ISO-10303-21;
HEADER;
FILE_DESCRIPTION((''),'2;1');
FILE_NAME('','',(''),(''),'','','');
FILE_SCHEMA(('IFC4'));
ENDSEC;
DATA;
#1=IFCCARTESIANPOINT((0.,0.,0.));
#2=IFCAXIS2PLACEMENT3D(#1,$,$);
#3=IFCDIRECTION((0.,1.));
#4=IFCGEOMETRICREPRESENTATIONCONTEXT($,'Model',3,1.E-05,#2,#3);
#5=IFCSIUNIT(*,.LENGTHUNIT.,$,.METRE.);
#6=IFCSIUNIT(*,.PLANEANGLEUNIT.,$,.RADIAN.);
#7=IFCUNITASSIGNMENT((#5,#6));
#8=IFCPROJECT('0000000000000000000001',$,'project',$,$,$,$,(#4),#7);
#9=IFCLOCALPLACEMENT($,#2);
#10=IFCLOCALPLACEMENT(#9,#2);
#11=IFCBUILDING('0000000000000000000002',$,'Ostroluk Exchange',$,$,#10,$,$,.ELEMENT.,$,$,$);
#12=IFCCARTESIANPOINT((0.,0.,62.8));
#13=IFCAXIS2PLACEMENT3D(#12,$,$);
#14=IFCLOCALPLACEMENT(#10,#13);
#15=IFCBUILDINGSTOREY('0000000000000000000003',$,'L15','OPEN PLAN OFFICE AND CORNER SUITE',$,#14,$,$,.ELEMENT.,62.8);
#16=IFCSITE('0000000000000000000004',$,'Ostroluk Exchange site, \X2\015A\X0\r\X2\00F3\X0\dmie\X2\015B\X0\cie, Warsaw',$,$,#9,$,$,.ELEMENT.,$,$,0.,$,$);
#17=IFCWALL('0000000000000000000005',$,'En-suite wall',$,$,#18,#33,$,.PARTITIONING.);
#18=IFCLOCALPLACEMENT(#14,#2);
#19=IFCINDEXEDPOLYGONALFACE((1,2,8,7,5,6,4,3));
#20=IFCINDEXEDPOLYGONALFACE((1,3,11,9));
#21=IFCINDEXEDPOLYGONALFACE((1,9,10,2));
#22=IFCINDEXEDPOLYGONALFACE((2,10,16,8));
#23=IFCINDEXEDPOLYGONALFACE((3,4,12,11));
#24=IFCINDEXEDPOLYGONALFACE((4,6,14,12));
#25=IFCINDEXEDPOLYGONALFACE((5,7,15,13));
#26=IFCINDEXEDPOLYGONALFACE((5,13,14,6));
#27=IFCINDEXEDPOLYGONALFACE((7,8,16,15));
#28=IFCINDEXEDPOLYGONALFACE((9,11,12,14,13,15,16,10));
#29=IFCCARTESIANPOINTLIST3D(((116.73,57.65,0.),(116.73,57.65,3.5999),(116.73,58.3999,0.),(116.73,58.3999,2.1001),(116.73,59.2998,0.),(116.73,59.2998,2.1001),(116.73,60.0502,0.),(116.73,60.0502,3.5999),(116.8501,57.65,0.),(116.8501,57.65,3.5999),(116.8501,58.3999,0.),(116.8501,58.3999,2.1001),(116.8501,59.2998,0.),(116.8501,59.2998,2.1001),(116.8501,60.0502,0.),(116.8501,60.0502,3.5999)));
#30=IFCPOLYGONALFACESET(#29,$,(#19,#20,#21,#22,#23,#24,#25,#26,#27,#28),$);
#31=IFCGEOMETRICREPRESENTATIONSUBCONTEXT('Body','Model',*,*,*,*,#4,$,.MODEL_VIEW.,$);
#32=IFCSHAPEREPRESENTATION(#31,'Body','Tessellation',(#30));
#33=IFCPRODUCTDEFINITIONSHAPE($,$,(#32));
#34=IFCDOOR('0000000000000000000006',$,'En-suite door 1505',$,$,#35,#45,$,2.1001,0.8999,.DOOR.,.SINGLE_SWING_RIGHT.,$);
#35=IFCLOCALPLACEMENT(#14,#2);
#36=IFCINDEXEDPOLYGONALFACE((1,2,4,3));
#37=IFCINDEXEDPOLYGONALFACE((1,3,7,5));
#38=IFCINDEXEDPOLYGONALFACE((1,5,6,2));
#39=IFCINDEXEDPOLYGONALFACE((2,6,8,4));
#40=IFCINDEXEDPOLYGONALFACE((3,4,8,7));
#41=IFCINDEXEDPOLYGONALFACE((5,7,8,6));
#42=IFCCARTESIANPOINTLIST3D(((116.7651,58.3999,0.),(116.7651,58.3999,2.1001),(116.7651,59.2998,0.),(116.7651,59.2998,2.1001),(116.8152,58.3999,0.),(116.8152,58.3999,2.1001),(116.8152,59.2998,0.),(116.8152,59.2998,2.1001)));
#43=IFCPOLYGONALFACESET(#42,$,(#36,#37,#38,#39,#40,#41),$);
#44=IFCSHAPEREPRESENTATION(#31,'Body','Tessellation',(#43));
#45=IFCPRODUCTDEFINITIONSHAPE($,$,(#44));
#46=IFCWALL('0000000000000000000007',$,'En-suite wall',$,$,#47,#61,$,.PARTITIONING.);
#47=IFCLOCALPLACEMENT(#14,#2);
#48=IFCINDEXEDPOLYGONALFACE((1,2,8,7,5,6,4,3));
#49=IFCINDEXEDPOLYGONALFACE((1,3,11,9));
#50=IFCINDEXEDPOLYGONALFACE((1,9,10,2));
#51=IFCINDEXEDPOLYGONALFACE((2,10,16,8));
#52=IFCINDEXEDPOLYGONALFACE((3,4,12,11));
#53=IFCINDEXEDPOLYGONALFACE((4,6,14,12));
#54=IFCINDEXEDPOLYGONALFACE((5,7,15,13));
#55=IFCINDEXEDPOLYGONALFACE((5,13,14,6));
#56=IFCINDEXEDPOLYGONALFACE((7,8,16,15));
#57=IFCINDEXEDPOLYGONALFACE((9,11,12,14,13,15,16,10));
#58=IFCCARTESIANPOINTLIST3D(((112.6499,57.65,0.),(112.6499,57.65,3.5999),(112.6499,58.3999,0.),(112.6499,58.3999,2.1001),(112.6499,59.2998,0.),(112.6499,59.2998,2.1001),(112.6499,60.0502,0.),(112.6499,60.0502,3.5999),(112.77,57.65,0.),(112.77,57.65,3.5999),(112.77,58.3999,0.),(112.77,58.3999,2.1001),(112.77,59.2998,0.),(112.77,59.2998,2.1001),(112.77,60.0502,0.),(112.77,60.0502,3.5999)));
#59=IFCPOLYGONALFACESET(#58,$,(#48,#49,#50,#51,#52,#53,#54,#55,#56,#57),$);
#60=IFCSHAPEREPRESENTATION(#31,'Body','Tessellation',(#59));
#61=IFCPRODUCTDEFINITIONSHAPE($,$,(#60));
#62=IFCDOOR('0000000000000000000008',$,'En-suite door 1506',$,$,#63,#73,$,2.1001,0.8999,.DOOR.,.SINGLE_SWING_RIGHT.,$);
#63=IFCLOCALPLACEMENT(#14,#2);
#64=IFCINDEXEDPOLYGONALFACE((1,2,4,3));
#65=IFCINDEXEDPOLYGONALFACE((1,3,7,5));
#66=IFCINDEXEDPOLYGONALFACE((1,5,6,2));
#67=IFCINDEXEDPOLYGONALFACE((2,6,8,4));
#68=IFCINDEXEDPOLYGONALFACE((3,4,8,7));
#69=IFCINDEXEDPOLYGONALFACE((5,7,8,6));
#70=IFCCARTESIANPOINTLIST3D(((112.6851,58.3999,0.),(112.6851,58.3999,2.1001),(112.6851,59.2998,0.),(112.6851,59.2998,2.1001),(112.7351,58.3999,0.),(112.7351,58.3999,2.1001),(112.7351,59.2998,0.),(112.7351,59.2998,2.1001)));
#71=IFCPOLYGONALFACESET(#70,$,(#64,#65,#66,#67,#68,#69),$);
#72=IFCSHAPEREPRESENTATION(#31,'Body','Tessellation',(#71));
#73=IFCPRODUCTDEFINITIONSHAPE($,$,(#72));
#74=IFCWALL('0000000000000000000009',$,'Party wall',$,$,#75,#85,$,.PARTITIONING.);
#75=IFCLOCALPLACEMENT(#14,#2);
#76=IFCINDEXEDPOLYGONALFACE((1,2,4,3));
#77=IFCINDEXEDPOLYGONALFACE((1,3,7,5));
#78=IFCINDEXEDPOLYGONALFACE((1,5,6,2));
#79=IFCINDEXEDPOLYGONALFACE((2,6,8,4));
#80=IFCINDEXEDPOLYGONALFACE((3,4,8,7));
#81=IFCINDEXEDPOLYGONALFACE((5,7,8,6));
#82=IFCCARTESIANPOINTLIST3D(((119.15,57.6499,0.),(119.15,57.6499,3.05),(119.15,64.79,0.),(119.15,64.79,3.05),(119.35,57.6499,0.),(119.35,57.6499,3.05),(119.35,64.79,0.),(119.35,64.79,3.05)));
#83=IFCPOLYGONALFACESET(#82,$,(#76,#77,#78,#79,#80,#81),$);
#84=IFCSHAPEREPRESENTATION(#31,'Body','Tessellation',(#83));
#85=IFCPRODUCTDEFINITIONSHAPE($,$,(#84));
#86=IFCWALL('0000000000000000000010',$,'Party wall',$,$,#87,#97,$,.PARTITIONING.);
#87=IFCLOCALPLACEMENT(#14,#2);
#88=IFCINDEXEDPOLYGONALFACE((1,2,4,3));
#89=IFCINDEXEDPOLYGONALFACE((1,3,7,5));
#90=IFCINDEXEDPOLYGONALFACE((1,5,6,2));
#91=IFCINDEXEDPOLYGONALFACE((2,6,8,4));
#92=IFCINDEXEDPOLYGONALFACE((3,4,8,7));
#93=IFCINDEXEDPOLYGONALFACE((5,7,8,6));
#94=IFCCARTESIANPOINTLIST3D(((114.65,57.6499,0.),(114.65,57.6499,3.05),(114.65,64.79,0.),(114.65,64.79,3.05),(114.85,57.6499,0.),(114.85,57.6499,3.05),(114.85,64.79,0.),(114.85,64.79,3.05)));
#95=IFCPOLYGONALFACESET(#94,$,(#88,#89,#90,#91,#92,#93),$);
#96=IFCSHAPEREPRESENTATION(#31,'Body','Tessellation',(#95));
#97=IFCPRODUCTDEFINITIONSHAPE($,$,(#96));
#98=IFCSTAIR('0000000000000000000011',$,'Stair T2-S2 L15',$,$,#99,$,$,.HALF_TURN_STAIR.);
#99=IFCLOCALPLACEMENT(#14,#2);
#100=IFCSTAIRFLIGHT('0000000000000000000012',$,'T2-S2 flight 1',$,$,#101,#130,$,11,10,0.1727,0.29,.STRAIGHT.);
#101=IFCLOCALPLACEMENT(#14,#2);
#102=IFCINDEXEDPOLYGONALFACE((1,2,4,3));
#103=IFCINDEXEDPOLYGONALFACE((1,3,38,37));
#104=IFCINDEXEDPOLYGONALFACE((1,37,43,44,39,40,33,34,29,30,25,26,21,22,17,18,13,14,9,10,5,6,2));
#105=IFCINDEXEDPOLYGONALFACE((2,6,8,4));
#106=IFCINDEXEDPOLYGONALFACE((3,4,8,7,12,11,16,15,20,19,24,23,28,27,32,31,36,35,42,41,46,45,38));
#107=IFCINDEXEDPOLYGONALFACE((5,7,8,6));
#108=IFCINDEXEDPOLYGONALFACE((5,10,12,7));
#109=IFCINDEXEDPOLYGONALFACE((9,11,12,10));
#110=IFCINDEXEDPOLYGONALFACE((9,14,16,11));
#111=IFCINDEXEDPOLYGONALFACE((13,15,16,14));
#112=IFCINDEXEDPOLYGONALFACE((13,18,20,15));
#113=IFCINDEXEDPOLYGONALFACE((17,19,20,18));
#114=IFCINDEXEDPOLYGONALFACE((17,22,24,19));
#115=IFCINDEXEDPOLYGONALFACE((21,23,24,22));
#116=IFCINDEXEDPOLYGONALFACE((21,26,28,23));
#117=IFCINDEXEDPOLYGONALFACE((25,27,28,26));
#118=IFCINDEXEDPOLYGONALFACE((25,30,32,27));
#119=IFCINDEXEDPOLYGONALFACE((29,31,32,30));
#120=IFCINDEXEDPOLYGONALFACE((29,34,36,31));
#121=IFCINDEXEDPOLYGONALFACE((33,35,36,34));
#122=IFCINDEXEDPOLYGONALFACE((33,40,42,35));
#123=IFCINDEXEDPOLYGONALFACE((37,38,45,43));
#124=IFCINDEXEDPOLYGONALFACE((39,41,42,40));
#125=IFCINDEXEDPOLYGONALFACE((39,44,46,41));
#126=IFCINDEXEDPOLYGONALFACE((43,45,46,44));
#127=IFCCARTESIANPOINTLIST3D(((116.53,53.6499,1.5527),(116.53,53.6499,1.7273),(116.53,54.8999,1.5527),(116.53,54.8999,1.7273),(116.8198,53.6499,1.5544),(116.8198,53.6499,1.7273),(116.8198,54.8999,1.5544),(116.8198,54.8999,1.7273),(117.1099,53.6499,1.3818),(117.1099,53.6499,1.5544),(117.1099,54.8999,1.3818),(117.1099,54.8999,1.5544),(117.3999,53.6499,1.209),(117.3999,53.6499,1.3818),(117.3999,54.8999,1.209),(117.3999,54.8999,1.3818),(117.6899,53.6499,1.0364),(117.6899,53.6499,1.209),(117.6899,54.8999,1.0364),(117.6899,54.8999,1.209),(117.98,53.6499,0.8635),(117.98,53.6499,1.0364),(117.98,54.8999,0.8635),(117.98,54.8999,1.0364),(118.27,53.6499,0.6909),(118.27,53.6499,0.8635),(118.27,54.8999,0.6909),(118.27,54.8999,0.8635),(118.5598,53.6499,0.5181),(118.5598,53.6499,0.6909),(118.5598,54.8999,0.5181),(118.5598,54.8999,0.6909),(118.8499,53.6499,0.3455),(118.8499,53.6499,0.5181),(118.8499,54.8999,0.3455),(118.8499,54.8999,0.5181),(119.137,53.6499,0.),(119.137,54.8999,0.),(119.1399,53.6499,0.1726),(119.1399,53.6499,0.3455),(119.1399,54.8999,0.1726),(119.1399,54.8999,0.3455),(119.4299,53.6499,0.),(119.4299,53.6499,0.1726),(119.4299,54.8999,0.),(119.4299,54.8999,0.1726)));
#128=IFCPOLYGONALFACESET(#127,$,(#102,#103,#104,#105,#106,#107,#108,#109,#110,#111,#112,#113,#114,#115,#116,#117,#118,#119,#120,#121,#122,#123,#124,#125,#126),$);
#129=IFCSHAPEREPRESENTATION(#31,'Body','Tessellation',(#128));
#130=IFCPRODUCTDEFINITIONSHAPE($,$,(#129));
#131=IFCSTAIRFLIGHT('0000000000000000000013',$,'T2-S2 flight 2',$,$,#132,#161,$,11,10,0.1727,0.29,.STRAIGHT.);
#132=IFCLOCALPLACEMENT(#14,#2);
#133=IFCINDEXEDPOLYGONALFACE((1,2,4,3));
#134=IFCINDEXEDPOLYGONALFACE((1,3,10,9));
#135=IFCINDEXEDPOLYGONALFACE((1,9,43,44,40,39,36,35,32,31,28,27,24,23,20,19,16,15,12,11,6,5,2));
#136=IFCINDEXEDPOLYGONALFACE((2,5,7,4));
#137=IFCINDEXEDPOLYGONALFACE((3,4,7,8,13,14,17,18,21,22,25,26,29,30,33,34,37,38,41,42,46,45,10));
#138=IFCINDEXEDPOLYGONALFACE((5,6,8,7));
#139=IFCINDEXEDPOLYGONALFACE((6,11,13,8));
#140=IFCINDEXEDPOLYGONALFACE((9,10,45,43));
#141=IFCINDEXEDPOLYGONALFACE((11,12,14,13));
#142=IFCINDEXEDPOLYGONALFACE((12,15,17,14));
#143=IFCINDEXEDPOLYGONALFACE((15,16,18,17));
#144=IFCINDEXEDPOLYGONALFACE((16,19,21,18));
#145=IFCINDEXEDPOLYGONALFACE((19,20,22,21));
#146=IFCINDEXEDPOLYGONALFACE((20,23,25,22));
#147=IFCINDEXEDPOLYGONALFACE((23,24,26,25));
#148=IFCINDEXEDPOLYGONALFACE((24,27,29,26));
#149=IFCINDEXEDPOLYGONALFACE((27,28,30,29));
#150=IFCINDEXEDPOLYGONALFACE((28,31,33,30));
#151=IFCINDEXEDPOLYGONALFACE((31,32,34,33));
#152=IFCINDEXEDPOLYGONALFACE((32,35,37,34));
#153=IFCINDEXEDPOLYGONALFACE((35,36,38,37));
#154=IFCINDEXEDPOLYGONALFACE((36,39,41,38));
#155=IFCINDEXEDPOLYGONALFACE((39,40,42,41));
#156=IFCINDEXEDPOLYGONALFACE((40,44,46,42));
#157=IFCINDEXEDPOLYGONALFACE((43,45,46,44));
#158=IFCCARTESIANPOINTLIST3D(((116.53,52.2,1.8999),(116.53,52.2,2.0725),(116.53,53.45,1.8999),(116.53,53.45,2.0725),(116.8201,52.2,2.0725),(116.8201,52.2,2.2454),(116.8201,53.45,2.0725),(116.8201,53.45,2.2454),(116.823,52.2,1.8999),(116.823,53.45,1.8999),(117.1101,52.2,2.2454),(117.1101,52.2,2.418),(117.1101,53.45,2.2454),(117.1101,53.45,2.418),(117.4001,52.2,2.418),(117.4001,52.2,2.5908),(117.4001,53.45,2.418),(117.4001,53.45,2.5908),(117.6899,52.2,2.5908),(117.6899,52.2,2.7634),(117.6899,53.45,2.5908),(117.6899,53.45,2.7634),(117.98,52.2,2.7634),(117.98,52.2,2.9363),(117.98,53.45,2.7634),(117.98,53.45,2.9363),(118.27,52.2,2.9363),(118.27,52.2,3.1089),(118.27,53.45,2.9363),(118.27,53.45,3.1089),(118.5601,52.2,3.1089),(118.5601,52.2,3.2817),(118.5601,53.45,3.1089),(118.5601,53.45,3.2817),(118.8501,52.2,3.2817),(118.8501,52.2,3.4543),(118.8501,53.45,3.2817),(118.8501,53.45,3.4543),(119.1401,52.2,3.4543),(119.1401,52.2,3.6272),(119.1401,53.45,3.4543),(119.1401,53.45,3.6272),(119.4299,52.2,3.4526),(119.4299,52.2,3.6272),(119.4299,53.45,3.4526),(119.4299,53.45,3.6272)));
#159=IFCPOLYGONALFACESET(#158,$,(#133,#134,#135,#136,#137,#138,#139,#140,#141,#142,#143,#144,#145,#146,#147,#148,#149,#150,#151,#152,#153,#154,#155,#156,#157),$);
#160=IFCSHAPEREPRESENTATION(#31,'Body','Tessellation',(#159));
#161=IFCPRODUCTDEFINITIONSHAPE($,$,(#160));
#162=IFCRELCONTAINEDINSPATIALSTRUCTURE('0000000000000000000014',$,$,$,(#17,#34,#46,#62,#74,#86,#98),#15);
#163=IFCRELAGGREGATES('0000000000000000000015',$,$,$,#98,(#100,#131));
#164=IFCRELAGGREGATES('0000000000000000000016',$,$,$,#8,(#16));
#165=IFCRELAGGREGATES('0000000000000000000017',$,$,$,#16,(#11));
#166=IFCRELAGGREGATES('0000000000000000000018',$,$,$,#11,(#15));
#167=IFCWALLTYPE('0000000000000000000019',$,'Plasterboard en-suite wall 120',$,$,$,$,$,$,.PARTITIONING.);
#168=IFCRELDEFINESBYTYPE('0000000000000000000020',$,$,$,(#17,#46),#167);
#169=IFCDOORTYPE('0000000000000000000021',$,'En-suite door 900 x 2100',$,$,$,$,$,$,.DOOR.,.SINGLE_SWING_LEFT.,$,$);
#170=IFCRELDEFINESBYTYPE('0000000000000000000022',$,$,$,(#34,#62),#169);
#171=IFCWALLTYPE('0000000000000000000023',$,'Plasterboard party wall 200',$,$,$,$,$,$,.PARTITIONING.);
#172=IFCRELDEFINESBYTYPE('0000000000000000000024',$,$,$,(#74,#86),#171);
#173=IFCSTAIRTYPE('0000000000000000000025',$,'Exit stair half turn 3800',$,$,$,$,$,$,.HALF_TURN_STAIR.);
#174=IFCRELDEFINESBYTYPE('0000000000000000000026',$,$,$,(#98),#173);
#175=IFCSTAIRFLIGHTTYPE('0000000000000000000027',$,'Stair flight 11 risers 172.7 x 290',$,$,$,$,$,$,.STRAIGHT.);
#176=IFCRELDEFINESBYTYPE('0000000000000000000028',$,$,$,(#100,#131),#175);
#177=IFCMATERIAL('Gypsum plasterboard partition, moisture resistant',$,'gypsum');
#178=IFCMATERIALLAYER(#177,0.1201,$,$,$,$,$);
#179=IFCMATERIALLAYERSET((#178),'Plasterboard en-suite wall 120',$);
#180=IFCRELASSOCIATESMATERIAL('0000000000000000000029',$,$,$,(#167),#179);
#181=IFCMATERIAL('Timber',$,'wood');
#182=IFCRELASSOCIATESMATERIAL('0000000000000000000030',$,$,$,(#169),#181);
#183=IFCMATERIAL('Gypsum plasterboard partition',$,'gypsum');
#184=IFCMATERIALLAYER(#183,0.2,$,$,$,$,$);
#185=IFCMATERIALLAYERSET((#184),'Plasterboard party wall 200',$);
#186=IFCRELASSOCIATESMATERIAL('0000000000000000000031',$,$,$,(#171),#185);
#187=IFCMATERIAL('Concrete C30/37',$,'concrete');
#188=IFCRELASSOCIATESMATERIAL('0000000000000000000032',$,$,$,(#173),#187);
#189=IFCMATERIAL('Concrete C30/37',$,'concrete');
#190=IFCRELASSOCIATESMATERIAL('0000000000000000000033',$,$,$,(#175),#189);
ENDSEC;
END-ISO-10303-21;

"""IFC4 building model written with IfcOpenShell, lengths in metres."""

from ifc_helpers import new_model, si_unit, direction, frame, frame_2d, origin, place, context, subcontext, project, spatial, polyline, rectangle, outline, extrude, material, layer, layer_set, type_object, element, fill, aggregate, save


model = new_model("IFC4")

# Units and contexts
model_context = context("Model", 3, precision=1e-05, world=origin(), true_north=direction((0.0, 1.0)))
body_context = subcontext(model_context, "Body", "Model", "MODEL_VIEW")
ifc_project = project(units=[si_unit("LENGTHUNIT", "METRE"), si_unit("PLANEANGLEUNIT", "RADIAN")], contexts=[model_context])

# Site, building, storey
site_placement = place(None, origin())
site = spatial("IfcSite", under=ifc_project, at=site_placement, Name="Ostroluk Exchange site, Śródmieście, Warsaw", CompositionType="ELEMENT", RefElevation=0.0)
building_placement = place(site_placement, origin())
building = spatial("IfcBuilding", under=site, at=building_placement, Name="Ostroluk Exchange", CompositionType="ELEMENT")
storey_placement = place(building_placement, frame((0.0, 0.0, 62.8)))
storey = spatial("IfcBuildingStorey", under=building, at=storey_placement, Name="L15", Description="OPEN PLAN OFFICE AND CORNER SUITE", CompositionType="ELEMENT", Elevation=62.8)

# Walls, openings, doors
ifc_material_1 = material(Name="Gypsum plasterboard partition, moisture resistant", Category="gypsum")
ifc_layer_1 = layer(ifc_material_1, 0.1201)
ifc_layer_set_1 = layer_set([ifc_layer_1], Name="Plasterboard en-suite wall 120")
wall_type_1 = type_object("IfcWallType", Name="Plasterboard en-suite wall 120", PredefinedType="PARTITIONING", material=ifc_layer_set_1)
wall_1_placement = place(storey_placement, frame((116.79, 57.6499, 0.0), z_axis=(0.0, 0.0, 1.0), x_axis=(0.0, 1.0, 0.0)))
wall_1 = element("IfcWall", 1, at=wall_1_placement, inside=storey, type_object=wall_type_1, Name="En-suite wall", PredefinedType="PARTITIONING", context=body_context, shape_type="SweptSolid", body=[
    extrude(rectangle(XDim=2.4001, YDim=0.1201, at=frame_2d((1.2002, 0.0))), origin(), (0.0, 0.0, 1.0), 3.5999),
])
opening_1_placement = place(wall_1_placement, frame((0.75, 0.0, 0.0)))
opening_1 = element("IfcOpeningElement", 2, at=opening_1_placement, cuts=wall_1, PredefinedType="OPENING", context=body_context, shape_type="SweptSolid", body=[
    extrude(rectangle(XDim=0.8999, YDim=2.1001, at=frame_2d((0.45, 1.05))), frame((0.0, 0.0701, 0.0), z_axis=(0.0, -1.0, 0.0), x_axis=(1.0, 0.0, 0.0)), (0.0, 0.0, 1.0), 0.1401),
])
ifc_material_2 = material(Name="Timber", Category="wood")
door_type_1 = type_object("IfcDoorType", Name="En-suite door 900 x 2100", OperationType="SINGLE_SWING_LEFT", PredefinedType="DOOR", material=ifc_material_2)
door_1_placement = place(opening_1_placement, origin())
door_1 = element("IfcDoor", 3, at=door_1_placement, inside=storey, type_object=door_type_1, Name="En-suite door 1505", OperationType="SINGLE_SWING_RIGHT", OverallHeight=2.1001, OverallWidth=0.8999, PredefinedType="DOOR", context=body_context, shape_type="SweptSolid", body=[
    extrude(rectangle(XDim=0.8999, YDim=2.1001, at=frame_2d((0.45, 1.05))), frame((0.0, 0.0249, 0.0), z_axis=(0.0, -1.0, 0.0), x_axis=(1.0, 0.0, 0.0)), (0.0, 0.0, 1.0), 0.05),
])
fill(opening_1, door_1)
wall_2_placement = place(storey_placement, frame((112.71, 57.6499, 0.0), z_axis=(0.0, 0.0, 1.0), x_axis=(0.0, 1.0, 0.0)))
wall_2 = element("IfcWall", 4, at=wall_2_placement, inside=storey, type_object=wall_type_1, Name="En-suite wall", PredefinedType="PARTITIONING", context=body_context, shape_type="SweptSolid", body=[
    extrude(rectangle(XDim=2.4001, YDim=0.1201, at=frame_2d((1.2002, 0.0))), origin(), (0.0, 0.0, 1.0), 3.5999),
])
opening_2_placement = place(wall_2_placement, frame((0.75, 0.0, 0.0)))
opening_2 = element("IfcOpeningElement", 5, at=opening_2_placement, cuts=wall_2, PredefinedType="OPENING", context=body_context, shape_type="SweptSolid", body=[
    extrude(rectangle(XDim=0.8999, YDim=2.1001, at=frame_2d((0.45, 1.05))), frame((0.0, 0.0701, 0.0), z_axis=(0.0, -1.0, 0.0), x_axis=(1.0, 0.0, 0.0)), (0.0, 0.0, 1.0), 0.1401),
])
door_2_placement = place(opening_2_placement, origin())
door_2 = element("IfcDoor", 6, at=door_2_placement, inside=storey, type_object=door_type_1, Name="En-suite door 1506", OperationType="SINGLE_SWING_RIGHT", OverallHeight=2.1001, OverallWidth=0.8999, PredefinedType="DOOR", context=body_context, shape_type="SweptSolid", body=[
    extrude(rectangle(XDim=0.8999, YDim=2.1001, at=frame_2d((0.45, 1.05))), frame((0.0, 0.0249, 0.0), z_axis=(0.0, -1.0, 0.0), x_axis=(1.0, 0.0, 0.0)), (0.0, 0.0, 1.0), 0.05),
])
fill(opening_2, door_2)

# Walls
ifc_material_3 = material(Name="Gypsum plasterboard partition", Category="gypsum")
ifc_layer_2 = layer(ifc_material_3, 0.2)
ifc_layer_set_2 = layer_set([ifc_layer_2], Name="Plasterboard party wall 200")
wall_type_2 = type_object("IfcWallType", Name="Plasterboard party wall 200", PredefinedType="PARTITIONING", material=ifc_layer_set_2)
for number, where, z_axis, x_axis, name in (
    (7, (119.25, 57.6499, 0.0), (0.0, 0.0, 1.0), (0.0, 1.0, 0.0), "Party wall"),
    (8, (114.75, 57.6499, 0.0), (0.0, 0.0, 1.0), (0.0, 1.0, 0.0), "Party wall"),
):
    element("IfcWall", number, at=place(storey_placement, frame(where, z_axis=z_axis, x_axis=x_axis)), inside=storey, type_object=wall_type_2, Name=name, PredefinedType="PARTITIONING", context=body_context, shape_type="SweptSolid", body=[
        extrude(rectangle(XDim=7.1401, YDim=0.2, at=frame_2d((3.5701, 0.0))), origin(), (0.0, 0.0, 1.0), 3.05),
    ])

# Stair, stair flights
ifc_material_4 = material(Name="Concrete C30/37", Category="concrete")
stair_type = type_object("IfcStairType", Name="Exit stair half turn 3800", PredefinedType="HALF_TURN_STAIR", material=ifc_material_4)
stair_placement = place(storey_placement, origin())
stair = element("IfcStair", 9, at=stair_placement, inside=storey, type_object=stair_type, Name="Stair T2-S2 L15", PredefinedType="HALF_TURN_STAIR")
ifc_material_5 = material(Name="Concrete C30/37", Category="concrete")
stair_flight_type = type_object("IfcStairFlightType", Name="Stair flight 11 risers 172.7 x 290", PredefinedType="STRAIGHT", material=ifc_material_5)
stair_flight_1_placement = place(storey_placement, frame((119.4299, 54.2749, 0.0), z_axis=(0.0, 0.0, 1.0), x_axis=(-1.0, 0.0, 0.0)))
stair_flight_1 = element("IfcStairFlight", 10, at=stair_flight_1_placement, type_object=stair_flight_type, Name="T2-S2 flight 1", NumberOfRisers=11, NumberOfTreads=10, PredefinedType="STRAIGHT", RiserHeight=0.1727, TreadLength=0.29, context=body_context, shape_type="SweptSolid", body=[
    extrude(outline(polyline([(0.0, 0.0), (0.0, 0.1726), (0.29, 0.1726), (0.29, 0.3455), (0.5801, 0.3455), (0.5801, 0.5181), (0.8701, 0.5181), (0.8701, 0.6909), (1.1599, 0.6909), (1.1599, 0.8635), (1.45, 0.8635), (1.45, 1.0364), (1.74, 1.0364), (1.74, 1.209), (2.03, 1.209), (2.03, 1.3818), (2.3201, 1.3818), (2.3201, 1.5544), (2.6101, 1.5544), (2.6101, 1.7273), (2.8999, 1.7273), (2.8999, 1.8999), (2.8999, 1.5527), (0.293, 0.0), (0.0, 0.0)])), frame((0.0, 0.625, 0.0), z_axis=(0.0, -1.0, 0.0), x_axis=(1.0, 0.0, 0.0)), (0.0, 0.0, 1.0), 1.25),
])
stair_flight_2_placement = place(storey_placement, frame((116.53, 52.825, 1.8999), z_axis=(0.0, 0.0, 1.0), x_axis=(1.0, 0.0, 0.0)))
stair_flight_2 = element("IfcStairFlight", 11, at=stair_flight_2_placement, type_object=stair_flight_type, Name="T2-S2 flight 2", NumberOfRisers=11, NumberOfTreads=10, PredefinedType="STRAIGHT", RiserHeight=0.1727, TreadLength=0.29, context=body_context, shape_type="SweptSolid", body=[
    extrude(outline(polyline([(0.0, 0.0), (0.0, 0.1726), (0.29, 0.1726), (0.29, 0.3455), (0.5801, 0.3455), (0.5801, 0.5181), (0.8701, 0.5181), (0.8701, 0.6909), (1.1599, 0.6909), (1.1599, 0.8635), (1.45, 0.8635), (1.45, 1.0364), (1.74, 1.0364), (1.74, 1.209), (2.03, 1.209), (2.03, 1.3818), (2.3201, 1.3818), (2.3201, 1.5544), (2.6101, 1.5544), (2.6101, 1.7273), (2.8999, 1.7273), (2.8999, 1.8999), (2.8999, 1.5527), (0.293, 0.0), (0.0, 0.0)])), frame((0.0, 0.625, 0.0), z_axis=(0.0, -1.0, 0.0), x_axis=(1.0, 0.0, 0.0)), (0.0, 0.0, 1.0), 1.25),
])
aggregate(stair, [stair_flight_1, stair_flight_2])

save(model, "model.ifc")
